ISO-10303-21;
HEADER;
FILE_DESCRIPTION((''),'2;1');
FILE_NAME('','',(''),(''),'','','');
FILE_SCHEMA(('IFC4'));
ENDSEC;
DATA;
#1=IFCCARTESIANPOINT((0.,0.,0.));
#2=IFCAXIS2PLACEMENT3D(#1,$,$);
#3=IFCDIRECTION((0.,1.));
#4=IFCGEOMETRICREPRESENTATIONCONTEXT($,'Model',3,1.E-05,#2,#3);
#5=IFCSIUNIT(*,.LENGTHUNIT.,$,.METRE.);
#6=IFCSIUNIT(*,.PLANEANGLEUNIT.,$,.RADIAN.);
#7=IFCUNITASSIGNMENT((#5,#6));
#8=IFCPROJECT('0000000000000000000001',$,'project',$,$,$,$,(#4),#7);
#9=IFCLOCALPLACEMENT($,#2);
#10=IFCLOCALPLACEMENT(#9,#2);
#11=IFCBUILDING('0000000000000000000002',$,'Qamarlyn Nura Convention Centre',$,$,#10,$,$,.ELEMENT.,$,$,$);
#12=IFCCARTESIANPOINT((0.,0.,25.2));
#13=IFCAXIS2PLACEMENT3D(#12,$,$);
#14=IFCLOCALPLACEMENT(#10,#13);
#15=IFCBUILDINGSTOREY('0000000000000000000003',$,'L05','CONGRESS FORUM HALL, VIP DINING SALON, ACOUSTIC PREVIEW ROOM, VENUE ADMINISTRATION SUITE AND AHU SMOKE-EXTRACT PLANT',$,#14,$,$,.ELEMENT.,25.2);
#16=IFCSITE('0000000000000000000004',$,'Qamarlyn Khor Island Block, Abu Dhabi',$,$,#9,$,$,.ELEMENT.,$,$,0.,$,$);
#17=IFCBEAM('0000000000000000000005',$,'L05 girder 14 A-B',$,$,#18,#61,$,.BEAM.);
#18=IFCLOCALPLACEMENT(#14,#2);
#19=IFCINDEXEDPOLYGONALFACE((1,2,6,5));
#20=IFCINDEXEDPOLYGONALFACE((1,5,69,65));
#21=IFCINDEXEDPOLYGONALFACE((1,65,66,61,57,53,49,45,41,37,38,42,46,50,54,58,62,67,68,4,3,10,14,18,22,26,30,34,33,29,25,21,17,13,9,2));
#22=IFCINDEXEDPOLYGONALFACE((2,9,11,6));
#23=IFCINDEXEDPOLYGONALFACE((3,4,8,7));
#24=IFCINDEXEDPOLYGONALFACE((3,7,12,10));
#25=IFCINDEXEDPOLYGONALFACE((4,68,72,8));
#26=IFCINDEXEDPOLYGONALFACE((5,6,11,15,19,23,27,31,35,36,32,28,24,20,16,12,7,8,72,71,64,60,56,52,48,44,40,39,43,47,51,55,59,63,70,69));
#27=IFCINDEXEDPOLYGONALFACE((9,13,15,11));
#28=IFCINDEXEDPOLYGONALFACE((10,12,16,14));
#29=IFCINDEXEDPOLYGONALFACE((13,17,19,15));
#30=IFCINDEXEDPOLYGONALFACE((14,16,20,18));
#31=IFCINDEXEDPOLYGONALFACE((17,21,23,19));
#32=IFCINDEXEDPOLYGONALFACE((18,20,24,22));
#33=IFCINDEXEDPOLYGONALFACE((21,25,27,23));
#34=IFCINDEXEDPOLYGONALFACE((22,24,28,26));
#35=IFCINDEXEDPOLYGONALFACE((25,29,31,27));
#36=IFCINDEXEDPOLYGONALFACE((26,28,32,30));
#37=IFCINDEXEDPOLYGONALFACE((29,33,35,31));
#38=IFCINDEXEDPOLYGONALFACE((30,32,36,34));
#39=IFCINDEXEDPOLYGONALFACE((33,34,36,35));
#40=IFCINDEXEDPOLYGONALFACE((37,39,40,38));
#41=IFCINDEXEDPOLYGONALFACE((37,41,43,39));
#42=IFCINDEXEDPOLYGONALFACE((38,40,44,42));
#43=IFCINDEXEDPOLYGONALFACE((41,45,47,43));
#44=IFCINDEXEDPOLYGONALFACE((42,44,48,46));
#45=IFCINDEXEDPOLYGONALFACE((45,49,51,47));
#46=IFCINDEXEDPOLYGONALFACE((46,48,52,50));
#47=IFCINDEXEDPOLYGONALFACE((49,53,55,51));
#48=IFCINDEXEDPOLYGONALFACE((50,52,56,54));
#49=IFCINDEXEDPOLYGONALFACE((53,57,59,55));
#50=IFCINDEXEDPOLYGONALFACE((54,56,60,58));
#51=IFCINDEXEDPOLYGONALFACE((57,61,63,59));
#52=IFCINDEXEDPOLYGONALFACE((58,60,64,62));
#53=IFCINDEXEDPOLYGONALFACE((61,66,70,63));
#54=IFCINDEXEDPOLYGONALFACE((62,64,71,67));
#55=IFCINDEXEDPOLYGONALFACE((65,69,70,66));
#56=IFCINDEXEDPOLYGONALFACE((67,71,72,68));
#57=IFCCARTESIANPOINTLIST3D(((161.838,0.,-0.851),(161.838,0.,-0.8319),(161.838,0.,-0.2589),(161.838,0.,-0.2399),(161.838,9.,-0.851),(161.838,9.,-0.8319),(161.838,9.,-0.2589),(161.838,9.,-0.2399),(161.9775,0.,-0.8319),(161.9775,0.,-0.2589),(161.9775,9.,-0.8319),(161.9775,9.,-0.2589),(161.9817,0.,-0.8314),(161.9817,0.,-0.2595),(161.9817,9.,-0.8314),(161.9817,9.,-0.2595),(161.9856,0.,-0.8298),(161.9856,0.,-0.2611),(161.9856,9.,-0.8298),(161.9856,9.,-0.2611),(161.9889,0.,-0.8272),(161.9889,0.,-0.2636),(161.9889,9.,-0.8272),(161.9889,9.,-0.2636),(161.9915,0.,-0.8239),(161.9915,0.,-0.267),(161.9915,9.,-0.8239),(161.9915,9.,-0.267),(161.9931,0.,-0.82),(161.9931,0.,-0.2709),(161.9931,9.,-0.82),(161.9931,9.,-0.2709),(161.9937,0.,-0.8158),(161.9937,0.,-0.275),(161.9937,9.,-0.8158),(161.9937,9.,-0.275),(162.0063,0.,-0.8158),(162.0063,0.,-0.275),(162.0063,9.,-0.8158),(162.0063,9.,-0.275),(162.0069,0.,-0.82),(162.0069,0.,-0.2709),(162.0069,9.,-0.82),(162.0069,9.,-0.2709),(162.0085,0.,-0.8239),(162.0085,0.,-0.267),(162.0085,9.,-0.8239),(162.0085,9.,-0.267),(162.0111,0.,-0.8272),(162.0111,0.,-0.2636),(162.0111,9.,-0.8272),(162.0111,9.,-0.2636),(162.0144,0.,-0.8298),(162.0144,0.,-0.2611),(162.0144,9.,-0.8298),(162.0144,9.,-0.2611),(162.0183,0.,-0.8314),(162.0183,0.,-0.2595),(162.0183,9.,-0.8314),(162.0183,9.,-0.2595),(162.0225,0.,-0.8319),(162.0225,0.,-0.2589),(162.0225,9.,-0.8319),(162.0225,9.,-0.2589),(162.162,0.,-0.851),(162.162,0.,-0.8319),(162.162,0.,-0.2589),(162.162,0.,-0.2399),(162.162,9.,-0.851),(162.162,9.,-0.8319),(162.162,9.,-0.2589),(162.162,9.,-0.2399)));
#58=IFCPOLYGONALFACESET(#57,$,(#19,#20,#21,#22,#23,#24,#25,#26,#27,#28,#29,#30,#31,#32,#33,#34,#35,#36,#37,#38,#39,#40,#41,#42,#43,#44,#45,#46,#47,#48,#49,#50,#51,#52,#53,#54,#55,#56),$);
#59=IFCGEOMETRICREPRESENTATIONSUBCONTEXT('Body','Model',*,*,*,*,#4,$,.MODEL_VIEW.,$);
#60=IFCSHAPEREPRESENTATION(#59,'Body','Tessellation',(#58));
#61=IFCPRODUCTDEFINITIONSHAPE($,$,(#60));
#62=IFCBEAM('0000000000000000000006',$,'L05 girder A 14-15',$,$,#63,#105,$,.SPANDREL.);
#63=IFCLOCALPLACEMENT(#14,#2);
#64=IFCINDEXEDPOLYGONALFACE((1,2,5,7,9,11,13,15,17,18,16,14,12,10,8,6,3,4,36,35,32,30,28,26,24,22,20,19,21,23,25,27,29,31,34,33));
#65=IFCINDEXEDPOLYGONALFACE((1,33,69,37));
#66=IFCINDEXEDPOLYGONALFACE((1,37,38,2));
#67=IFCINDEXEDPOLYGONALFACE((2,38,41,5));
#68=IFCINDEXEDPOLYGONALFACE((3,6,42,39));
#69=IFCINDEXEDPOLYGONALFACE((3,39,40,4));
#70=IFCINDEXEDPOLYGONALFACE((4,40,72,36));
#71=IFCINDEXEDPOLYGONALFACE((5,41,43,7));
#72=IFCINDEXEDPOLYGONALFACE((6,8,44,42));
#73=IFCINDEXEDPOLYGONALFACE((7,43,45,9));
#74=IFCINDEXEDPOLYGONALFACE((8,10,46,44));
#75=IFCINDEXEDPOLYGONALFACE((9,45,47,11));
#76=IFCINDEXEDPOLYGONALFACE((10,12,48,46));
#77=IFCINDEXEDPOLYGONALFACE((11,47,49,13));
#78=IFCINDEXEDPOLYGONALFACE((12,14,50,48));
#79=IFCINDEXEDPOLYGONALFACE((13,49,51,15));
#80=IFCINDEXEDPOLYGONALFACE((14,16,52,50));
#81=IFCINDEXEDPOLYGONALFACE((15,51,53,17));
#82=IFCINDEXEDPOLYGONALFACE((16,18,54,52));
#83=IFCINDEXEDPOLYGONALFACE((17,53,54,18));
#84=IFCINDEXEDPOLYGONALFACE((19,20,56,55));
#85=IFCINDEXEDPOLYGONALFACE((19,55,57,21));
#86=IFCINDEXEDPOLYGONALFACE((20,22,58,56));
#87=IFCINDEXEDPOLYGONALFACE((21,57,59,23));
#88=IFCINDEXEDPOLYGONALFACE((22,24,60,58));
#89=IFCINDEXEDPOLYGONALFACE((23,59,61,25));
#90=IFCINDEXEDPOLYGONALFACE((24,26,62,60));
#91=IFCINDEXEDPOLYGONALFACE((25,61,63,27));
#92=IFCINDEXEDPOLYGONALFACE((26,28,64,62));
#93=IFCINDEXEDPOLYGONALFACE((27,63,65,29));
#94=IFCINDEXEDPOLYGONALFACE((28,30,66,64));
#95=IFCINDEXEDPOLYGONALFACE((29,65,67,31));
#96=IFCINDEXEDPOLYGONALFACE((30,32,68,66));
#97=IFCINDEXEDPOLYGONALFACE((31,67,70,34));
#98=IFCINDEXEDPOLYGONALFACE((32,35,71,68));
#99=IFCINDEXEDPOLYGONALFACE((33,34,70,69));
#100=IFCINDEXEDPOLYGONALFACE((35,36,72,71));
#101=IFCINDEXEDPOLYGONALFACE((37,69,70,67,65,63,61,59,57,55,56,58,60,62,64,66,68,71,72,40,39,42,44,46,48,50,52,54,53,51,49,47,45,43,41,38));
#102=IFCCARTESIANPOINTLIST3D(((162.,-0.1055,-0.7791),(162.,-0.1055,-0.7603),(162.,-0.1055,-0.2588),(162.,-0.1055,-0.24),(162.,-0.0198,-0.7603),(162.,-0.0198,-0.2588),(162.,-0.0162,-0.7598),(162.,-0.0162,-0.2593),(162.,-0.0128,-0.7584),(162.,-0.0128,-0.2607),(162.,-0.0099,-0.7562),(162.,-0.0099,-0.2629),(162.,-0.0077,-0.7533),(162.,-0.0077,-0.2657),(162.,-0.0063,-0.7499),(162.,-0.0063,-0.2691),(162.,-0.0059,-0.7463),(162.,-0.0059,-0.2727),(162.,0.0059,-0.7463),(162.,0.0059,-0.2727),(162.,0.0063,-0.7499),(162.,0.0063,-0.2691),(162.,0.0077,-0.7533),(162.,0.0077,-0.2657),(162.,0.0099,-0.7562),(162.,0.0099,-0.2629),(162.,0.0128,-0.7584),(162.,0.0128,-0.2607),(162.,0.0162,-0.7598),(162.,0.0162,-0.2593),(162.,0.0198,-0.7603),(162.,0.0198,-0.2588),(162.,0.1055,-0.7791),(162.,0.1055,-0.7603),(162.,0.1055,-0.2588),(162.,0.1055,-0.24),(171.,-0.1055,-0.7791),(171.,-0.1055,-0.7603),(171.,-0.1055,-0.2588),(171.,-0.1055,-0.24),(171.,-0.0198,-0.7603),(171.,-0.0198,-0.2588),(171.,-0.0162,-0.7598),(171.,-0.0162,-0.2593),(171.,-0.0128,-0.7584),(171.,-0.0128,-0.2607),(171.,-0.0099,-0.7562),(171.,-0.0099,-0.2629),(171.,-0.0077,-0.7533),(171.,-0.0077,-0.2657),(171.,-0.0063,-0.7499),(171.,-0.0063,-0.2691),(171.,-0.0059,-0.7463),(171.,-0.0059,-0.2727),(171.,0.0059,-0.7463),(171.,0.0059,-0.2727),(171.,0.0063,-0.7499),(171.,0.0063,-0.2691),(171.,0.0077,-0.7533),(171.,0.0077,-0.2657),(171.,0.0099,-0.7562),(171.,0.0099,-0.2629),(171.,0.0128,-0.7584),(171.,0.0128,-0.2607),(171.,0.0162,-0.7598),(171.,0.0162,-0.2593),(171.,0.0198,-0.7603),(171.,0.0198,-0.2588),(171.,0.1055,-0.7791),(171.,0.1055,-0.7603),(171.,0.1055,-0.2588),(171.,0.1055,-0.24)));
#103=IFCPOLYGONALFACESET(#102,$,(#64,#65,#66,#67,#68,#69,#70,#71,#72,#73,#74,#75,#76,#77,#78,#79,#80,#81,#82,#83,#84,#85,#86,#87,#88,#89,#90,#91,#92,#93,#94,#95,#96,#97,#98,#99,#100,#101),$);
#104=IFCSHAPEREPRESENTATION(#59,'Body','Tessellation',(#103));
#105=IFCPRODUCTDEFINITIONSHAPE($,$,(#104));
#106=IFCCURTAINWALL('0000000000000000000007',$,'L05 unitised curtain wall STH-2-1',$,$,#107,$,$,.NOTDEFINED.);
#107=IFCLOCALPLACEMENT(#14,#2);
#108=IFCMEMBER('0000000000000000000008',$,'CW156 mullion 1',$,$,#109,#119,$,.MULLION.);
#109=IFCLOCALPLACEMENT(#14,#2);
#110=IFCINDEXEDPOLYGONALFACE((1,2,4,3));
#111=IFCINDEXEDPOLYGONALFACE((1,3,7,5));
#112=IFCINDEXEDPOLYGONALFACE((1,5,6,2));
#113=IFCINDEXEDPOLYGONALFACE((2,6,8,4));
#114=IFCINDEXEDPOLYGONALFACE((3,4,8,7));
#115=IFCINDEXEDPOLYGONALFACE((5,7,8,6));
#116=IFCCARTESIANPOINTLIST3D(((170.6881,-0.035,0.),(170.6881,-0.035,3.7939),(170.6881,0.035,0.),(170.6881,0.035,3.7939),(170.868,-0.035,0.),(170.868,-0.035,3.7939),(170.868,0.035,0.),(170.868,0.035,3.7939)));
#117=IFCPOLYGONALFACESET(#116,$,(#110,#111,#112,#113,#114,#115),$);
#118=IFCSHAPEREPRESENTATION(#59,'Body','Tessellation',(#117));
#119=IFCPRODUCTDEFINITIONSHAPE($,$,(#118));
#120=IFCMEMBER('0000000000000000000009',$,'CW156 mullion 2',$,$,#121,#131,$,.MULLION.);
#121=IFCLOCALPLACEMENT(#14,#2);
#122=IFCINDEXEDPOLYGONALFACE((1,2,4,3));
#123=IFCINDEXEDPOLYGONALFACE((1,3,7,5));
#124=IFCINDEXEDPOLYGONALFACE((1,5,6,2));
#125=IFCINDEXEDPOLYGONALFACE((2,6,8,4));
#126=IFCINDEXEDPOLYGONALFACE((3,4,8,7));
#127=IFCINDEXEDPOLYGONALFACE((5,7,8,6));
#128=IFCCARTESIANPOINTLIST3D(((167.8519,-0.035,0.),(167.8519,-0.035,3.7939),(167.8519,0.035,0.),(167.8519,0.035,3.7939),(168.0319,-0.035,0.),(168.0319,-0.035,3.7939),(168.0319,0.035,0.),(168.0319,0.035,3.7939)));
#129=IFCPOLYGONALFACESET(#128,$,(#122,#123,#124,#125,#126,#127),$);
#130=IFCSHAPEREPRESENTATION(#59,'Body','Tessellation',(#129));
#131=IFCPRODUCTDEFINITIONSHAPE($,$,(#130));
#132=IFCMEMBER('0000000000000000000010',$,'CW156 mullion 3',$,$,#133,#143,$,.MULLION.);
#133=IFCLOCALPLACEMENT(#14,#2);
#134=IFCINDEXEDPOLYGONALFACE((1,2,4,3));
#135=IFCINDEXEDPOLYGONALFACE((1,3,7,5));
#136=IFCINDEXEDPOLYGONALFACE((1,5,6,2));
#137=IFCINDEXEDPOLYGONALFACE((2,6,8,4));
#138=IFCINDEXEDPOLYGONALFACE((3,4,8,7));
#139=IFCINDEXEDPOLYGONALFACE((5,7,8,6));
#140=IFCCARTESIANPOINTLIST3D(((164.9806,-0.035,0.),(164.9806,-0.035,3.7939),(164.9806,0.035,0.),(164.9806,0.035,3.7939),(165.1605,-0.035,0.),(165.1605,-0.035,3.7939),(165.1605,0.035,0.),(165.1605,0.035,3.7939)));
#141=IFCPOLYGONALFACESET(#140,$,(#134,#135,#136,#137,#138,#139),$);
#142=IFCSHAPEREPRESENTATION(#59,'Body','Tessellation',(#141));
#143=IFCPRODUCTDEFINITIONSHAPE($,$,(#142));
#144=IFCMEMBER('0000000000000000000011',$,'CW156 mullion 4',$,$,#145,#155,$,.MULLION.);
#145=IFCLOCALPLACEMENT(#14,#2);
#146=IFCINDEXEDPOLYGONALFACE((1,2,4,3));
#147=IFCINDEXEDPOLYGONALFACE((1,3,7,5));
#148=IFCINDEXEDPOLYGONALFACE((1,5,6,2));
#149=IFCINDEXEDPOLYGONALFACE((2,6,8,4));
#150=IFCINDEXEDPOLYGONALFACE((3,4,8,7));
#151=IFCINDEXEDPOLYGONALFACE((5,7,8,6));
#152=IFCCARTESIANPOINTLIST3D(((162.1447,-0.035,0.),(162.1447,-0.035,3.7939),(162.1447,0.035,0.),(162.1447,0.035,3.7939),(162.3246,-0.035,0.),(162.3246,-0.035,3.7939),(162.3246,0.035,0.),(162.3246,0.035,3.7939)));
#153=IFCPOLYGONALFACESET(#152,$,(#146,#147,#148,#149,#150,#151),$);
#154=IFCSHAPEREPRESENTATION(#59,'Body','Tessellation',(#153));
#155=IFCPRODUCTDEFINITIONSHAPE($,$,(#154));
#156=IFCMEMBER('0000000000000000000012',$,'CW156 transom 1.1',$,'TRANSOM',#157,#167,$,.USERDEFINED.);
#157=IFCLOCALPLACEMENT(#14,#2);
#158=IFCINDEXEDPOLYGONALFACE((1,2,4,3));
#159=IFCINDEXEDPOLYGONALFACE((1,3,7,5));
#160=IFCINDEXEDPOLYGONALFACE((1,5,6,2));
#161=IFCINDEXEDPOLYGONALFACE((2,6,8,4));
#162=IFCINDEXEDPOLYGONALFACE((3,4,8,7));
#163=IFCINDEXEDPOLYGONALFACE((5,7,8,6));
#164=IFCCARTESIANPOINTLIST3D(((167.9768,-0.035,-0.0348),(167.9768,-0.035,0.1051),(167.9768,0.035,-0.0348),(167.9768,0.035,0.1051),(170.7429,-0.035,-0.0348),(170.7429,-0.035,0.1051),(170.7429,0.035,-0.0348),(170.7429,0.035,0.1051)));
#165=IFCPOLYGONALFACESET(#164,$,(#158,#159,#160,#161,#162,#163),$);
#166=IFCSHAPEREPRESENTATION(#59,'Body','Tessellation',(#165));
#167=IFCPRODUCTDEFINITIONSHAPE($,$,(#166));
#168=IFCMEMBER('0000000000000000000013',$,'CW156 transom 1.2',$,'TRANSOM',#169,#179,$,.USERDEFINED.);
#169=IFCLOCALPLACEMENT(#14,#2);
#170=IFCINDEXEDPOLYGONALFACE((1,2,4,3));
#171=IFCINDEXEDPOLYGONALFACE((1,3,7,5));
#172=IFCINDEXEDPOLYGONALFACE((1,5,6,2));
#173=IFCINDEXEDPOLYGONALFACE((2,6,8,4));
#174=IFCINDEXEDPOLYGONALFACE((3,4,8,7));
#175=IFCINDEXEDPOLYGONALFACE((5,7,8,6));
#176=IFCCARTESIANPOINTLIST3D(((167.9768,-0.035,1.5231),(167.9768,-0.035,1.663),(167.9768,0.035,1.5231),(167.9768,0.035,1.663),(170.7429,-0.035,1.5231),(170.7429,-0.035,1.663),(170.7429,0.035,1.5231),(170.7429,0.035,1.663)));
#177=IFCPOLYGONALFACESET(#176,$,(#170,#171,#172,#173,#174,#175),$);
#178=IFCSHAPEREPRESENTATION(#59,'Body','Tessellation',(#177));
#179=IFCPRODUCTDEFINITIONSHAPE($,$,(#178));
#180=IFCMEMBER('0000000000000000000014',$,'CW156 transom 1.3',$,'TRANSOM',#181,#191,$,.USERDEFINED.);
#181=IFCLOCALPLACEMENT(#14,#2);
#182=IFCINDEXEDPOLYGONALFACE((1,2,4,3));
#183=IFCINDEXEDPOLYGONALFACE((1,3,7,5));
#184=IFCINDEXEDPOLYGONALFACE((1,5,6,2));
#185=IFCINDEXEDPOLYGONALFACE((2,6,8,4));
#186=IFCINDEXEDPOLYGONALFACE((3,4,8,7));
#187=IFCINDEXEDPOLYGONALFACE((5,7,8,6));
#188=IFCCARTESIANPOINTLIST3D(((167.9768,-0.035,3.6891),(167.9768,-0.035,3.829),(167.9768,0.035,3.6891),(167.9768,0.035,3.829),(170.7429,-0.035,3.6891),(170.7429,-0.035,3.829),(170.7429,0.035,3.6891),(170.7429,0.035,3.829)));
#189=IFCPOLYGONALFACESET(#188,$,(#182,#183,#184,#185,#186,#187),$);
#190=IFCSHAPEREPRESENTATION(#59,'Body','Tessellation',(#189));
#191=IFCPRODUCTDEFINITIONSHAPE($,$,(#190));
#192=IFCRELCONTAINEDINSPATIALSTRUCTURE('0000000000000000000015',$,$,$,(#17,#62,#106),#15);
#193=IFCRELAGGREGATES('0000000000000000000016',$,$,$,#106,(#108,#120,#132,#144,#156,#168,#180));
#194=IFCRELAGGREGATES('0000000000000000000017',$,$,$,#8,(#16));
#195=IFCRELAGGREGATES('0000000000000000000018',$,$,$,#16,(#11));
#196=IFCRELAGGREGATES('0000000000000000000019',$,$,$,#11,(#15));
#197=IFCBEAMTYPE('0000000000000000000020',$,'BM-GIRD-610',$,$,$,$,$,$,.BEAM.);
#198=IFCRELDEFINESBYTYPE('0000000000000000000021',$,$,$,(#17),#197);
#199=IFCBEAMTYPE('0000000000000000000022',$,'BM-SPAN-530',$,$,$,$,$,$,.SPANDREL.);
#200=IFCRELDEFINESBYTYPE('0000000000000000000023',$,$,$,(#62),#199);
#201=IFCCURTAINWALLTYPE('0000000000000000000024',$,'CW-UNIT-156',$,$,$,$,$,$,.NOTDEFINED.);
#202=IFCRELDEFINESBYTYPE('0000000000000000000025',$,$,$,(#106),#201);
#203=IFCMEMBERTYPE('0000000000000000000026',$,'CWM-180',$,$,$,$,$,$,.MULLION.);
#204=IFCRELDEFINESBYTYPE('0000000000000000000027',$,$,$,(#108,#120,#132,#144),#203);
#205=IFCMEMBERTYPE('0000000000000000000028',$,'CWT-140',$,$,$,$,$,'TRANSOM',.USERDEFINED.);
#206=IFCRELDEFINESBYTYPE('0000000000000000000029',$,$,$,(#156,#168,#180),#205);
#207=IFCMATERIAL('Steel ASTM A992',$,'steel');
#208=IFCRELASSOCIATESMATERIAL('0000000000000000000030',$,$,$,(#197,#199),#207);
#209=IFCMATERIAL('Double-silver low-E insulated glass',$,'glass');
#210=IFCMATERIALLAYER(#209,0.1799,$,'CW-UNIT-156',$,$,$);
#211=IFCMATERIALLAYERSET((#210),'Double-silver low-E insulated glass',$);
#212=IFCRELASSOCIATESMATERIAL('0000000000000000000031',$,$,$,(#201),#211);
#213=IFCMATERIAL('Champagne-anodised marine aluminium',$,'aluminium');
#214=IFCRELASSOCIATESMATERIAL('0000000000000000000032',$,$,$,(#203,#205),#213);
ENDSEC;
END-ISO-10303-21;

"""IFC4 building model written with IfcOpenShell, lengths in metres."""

from ifc_helpers import new_model, si_unit, direction, frame, origin, origin_2d, place, context, subcontext, project, spatial, rectangle, i_section, extrude, material, layer, layer_set, material_profile, profile_set, type_object, element, aggregate, save


model = new_model("IFC4")

# Units and contexts
model_context = context("Model", 3, precision=1e-05, world=origin(), true_north=direction((0.0, 1.0)))
body_context = subcontext(model_context, "Body", "Model", "MODEL_VIEW")
ifc_project = project(units=[si_unit("LENGTHUNIT", "METRE"), si_unit("PLANEANGLEUNIT", "RADIAN")], contexts=[model_context])

# Site, building, storey
site_placement = place(None, origin())
site = spatial("IfcSite", under=ifc_project, at=site_placement, Name="Qamarlyn Khor Island Block, Abu Dhabi", CompositionType="ELEMENT", RefElevation=0.0)
building_placement = place(site_placement, origin())
building = spatial("IfcBuilding", under=site, at=building_placement, Name="Qamarlyn Nura Convention Centre", CompositionType="ELEMENT")
storey_placement = place(building_placement, frame((0.0, 0.0, 25.2)))
storey = spatial("IfcBuildingStorey", under=building, at=storey_placement, Name="L05", Description="CONGRESS FORUM HALL, VIP DINING SALON, ACOUSTIC PREVIEW ROOM, VENUE ADMINISTRATION SUITE AND AHU SMOKE-EXTRACT PLANT", CompositionType="ELEMENT", Elevation=25.2)

# Beams
ifc_material_1 = material(Name="Steel ASTM A992", Category="steel")
ifc_material_profile_1 = material_profile(ifc_material_1, i_section(OverallWidth=0.324, OverallDepth=0.6111, WebThickness=0.0127, FlangeThickness=0.019, FilletRadius=0.0161, at=origin_2d()), Name="W610X155")
ifc_profile_set_1 = profile_set([ifc_material_profile_1], Name="Steel ASTM A992")
beam_type_1 = type_object("IfcBeamType", Name="BM-GIRD-610", PredefinedType="BEAM", material=ifc_profile_set_1)
beam_1_placement = place(storey_placement, frame((162.0, 0.0, -0.5454), z_axis=(0.0, 1.0, 0.0), x_axis=(-1.0, 0.0, 0.0)))
element("IfcBeam", 1, at=beam_1_placement, inside=storey, type_object=beam_type_1, Name="L05 girder 14 A-B", PredefinedType="BEAM", context=body_context, shape_type="SweptSolid", body=[
    extrude(i_section(OverallWidth=0.324, OverallDepth=0.6111, WebThickness=0.0127, FlangeThickness=0.019, FilletRadius=0.0161, at=origin_2d()), origin(), (0.0, 0.0, 1.0), 9.0),
])
ifc_material_profile_2 = material_profile(ifc_material_1, i_section(OverallWidth=0.2109, OverallDepth=0.5391, WebThickness=0.0117, FlangeThickness=0.0188, FilletRadius=0.0139, at=origin_2d()), Name="W530X109")
ifc_profile_set_2 = profile_set([ifc_material_profile_2], Name="Steel ASTM A992")
beam_type_2 = type_object("IfcBeamType", Name="BM-SPAN-530", PredefinedType="SPANDREL", material=ifc_profile_set_2)
beam_2_placement = place(storey_placement, frame((162.0, 0.0, -0.5095), z_axis=(1.0, 0.0, 0.0), x_axis=(0.0, 1.0, 0.0)))
element("IfcBeam", 2, at=beam_2_placement, inside=storey, type_object=beam_type_2, Name="L05 girder A 14-15", PredefinedType="SPANDREL", context=body_context, shape_type="SweptSolid", body=[
    extrude(i_section(OverallWidth=0.2109, OverallDepth=0.5391, WebThickness=0.0117, FlangeThickness=0.0188, FilletRadius=0.0139, at=origin_2d()), origin(), (0.0, 0.0, 1.0), 9.0),
])

# Curtain wall, members
ifc_material_2 = material(Name="Double-silver low-E insulated glass", Category="glass")
ifc_layer_1 = layer(ifc_material_2, 0.1799, Name="CW-UNIT-156")
ifc_layer_set_1 = layer_set([ifc_layer_1], Name="Double-silver low-E insulated glass")
curtain_wall_type = type_object("IfcCurtainWallType", Name="CW-UNIT-156", PredefinedType="NOTDEFINED", material=ifc_layer_set_1)
curtain_wall_placement = place(storey_placement, origin())
curtain_wall = element("IfcCurtainWall", 3, at=curtain_wall_placement, inside=storey, type_object=curtain_wall_type, Name="L05 unitised curtain wall STH-2-1", PredefinedType="NOTDEFINED")
ifc_material_3 = material(Name="Champagne-anodised marine aluminium", Category="aluminium")
ifc_material_profile_3 = material_profile(ifc_material_3, rectangle(XDim=0.0701, YDim=0.1799, at=origin_2d()), Name="ALU MULLION 70x180")
ifc_profile_set_3 = profile_set([ifc_material_profile_3], Name="Champagne-anodised marine aluminium")
member_type_1 = type_object("IfcMemberType", Name="CWM-180", PredefinedType="MULLION", material=ifc_profile_set_3)
member_1_placement = place(storey_placement, frame((170.7781, 0.0, 0.0), z_axis=(0.0, 0.0, 1.0), x_axis=(0.0, -1.0, 0.0)))
member_1 = element("IfcMember", 4, at=member_1_placement, type_object=member_type_1, Name="CW156 mullion 1", PredefinedType="MULLION", context=body_context, shape_type="SweptSolid", body=[
    extrude(rectangle(XDim=0.0701, YDim=0.1799, at=origin_2d()), origin(), (0.0, 0.0, 1.0), 3.7939),
])
member_2_placement = place(storey_placement, frame((167.9419, 0.0, 0.0), z_axis=(0.0, 0.0, 1.0), x_axis=(0.0, -1.0, 0.0)))
member_2 = element("IfcMember", 5, at=member_2_placement, type_object=member_type_1, Name="CW156 mullion 2", PredefinedType="MULLION", context=body_context, shape_type="SweptSolid", body=[
    extrude(rectangle(XDim=0.0701, YDim=0.1799, at=origin_2d()), origin(), (0.0, 0.0, 1.0), 3.7939),
])
member_3_placement = place(storey_placement, frame((165.0706, 0.0, 0.0), z_axis=(0.0, 0.0, 1.0), x_axis=(0.0, -1.0, 0.0)))
member_3 = element("IfcMember", 6, at=member_3_placement, type_object=member_type_1, Name="CW156 mullion 3", PredefinedType="MULLION", context=body_context, shape_type="SweptSolid", body=[
    extrude(rectangle(XDim=0.0701, YDim=0.1799, at=origin_2d()), origin(), (0.0, 0.0, 1.0), 3.7939),
])
member_4_placement = place(storey_placement, frame((162.2346, 0.0, 0.0), z_axis=(0.0, 0.0, 1.0), x_axis=(0.0, -1.0, 0.0)))
member_4 = element("IfcMember", 7, at=member_4_placement, type_object=member_type_1, Name="CW156 mullion 4", PredefinedType="MULLION", context=body_context, shape_type="SweptSolid", body=[
    extrude(rectangle(XDim=0.0701, YDim=0.1799, at=origin_2d()), origin(), (0.0, 0.0, 1.0), 3.7939),
])
ifc_material_profile_4 = material_profile(ifc_material_3, rectangle(XDim=0.0701, YDim=0.1399, at=origin_2d()), Name="ALU TRANSOM 70x140")
ifc_profile_set_4 = profile_set([ifc_material_profile_4], Name="Champagne-anodised marine aluminium")
member_type_2 = type_object("IfcMemberType", Name="CWT-140", ElementType="TRANSOM", PredefinedType="USERDEFINED", material=ifc_profile_set_4)
member_5_placement = place(storey_placement, frame((170.7429, 0.0, 0.0352), z_axis=(-1.0, 0.0, 0.0), x_axis=(0.0, -1.0, 0.0)))
member_5 = element("IfcMember", 8, at=member_5_placement, type_object=member_type_2, Name="CW156 transom 1.1", ObjectType="TRANSOM", PredefinedType="USERDEFINED", context=body_context, shape_type="SweptSolid", body=[
    extrude(rectangle(XDim=0.0701, YDim=0.1399, at=origin_2d()), origin(), (0.0, 0.0, 1.0), 2.7661),
])
member_6_placement = place(storey_placement, frame((170.7429, 0.0, 1.593), z_axis=(-1.0, 0.0, 0.0), x_axis=(0.0, -1.0, 0.0)))
member_6 = element("IfcMember", 9, at=member_6_placement, type_object=member_type_2, Name="CW156 transom 1.2", ObjectType="TRANSOM", PredefinedType="USERDEFINED", context=body_context, shape_type="SweptSolid", body=[
    extrude(rectangle(XDim=0.0701, YDim=0.1399, at=origin_2d()), origin(), (0.0, 0.0, 1.0), 2.7661),
])
member_7_placement = place(storey_placement, frame((170.7429, 0.0, 3.759), z_axis=(-1.0, 0.0, 0.0), x_axis=(0.0, -1.0, 0.0)))
member_7 = element("IfcMember", 10, at=member_7_placement, type_object=member_type_2, Name="CW156 transom 1.3", ObjectType="TRANSOM", PredefinedType="USERDEFINED", context=body_context, shape_type="SweptSolid", body=[
    extrude(rectangle(XDim=0.0701, YDim=0.1399, at=origin_2d()), origin(), (0.0, 0.0, 1.0), 2.7661),
])
aggregate(curtain_wall, [member_1, member_2, member_3, member_4, member_5, member_6, member_7])

save(model, "model.ifc")
